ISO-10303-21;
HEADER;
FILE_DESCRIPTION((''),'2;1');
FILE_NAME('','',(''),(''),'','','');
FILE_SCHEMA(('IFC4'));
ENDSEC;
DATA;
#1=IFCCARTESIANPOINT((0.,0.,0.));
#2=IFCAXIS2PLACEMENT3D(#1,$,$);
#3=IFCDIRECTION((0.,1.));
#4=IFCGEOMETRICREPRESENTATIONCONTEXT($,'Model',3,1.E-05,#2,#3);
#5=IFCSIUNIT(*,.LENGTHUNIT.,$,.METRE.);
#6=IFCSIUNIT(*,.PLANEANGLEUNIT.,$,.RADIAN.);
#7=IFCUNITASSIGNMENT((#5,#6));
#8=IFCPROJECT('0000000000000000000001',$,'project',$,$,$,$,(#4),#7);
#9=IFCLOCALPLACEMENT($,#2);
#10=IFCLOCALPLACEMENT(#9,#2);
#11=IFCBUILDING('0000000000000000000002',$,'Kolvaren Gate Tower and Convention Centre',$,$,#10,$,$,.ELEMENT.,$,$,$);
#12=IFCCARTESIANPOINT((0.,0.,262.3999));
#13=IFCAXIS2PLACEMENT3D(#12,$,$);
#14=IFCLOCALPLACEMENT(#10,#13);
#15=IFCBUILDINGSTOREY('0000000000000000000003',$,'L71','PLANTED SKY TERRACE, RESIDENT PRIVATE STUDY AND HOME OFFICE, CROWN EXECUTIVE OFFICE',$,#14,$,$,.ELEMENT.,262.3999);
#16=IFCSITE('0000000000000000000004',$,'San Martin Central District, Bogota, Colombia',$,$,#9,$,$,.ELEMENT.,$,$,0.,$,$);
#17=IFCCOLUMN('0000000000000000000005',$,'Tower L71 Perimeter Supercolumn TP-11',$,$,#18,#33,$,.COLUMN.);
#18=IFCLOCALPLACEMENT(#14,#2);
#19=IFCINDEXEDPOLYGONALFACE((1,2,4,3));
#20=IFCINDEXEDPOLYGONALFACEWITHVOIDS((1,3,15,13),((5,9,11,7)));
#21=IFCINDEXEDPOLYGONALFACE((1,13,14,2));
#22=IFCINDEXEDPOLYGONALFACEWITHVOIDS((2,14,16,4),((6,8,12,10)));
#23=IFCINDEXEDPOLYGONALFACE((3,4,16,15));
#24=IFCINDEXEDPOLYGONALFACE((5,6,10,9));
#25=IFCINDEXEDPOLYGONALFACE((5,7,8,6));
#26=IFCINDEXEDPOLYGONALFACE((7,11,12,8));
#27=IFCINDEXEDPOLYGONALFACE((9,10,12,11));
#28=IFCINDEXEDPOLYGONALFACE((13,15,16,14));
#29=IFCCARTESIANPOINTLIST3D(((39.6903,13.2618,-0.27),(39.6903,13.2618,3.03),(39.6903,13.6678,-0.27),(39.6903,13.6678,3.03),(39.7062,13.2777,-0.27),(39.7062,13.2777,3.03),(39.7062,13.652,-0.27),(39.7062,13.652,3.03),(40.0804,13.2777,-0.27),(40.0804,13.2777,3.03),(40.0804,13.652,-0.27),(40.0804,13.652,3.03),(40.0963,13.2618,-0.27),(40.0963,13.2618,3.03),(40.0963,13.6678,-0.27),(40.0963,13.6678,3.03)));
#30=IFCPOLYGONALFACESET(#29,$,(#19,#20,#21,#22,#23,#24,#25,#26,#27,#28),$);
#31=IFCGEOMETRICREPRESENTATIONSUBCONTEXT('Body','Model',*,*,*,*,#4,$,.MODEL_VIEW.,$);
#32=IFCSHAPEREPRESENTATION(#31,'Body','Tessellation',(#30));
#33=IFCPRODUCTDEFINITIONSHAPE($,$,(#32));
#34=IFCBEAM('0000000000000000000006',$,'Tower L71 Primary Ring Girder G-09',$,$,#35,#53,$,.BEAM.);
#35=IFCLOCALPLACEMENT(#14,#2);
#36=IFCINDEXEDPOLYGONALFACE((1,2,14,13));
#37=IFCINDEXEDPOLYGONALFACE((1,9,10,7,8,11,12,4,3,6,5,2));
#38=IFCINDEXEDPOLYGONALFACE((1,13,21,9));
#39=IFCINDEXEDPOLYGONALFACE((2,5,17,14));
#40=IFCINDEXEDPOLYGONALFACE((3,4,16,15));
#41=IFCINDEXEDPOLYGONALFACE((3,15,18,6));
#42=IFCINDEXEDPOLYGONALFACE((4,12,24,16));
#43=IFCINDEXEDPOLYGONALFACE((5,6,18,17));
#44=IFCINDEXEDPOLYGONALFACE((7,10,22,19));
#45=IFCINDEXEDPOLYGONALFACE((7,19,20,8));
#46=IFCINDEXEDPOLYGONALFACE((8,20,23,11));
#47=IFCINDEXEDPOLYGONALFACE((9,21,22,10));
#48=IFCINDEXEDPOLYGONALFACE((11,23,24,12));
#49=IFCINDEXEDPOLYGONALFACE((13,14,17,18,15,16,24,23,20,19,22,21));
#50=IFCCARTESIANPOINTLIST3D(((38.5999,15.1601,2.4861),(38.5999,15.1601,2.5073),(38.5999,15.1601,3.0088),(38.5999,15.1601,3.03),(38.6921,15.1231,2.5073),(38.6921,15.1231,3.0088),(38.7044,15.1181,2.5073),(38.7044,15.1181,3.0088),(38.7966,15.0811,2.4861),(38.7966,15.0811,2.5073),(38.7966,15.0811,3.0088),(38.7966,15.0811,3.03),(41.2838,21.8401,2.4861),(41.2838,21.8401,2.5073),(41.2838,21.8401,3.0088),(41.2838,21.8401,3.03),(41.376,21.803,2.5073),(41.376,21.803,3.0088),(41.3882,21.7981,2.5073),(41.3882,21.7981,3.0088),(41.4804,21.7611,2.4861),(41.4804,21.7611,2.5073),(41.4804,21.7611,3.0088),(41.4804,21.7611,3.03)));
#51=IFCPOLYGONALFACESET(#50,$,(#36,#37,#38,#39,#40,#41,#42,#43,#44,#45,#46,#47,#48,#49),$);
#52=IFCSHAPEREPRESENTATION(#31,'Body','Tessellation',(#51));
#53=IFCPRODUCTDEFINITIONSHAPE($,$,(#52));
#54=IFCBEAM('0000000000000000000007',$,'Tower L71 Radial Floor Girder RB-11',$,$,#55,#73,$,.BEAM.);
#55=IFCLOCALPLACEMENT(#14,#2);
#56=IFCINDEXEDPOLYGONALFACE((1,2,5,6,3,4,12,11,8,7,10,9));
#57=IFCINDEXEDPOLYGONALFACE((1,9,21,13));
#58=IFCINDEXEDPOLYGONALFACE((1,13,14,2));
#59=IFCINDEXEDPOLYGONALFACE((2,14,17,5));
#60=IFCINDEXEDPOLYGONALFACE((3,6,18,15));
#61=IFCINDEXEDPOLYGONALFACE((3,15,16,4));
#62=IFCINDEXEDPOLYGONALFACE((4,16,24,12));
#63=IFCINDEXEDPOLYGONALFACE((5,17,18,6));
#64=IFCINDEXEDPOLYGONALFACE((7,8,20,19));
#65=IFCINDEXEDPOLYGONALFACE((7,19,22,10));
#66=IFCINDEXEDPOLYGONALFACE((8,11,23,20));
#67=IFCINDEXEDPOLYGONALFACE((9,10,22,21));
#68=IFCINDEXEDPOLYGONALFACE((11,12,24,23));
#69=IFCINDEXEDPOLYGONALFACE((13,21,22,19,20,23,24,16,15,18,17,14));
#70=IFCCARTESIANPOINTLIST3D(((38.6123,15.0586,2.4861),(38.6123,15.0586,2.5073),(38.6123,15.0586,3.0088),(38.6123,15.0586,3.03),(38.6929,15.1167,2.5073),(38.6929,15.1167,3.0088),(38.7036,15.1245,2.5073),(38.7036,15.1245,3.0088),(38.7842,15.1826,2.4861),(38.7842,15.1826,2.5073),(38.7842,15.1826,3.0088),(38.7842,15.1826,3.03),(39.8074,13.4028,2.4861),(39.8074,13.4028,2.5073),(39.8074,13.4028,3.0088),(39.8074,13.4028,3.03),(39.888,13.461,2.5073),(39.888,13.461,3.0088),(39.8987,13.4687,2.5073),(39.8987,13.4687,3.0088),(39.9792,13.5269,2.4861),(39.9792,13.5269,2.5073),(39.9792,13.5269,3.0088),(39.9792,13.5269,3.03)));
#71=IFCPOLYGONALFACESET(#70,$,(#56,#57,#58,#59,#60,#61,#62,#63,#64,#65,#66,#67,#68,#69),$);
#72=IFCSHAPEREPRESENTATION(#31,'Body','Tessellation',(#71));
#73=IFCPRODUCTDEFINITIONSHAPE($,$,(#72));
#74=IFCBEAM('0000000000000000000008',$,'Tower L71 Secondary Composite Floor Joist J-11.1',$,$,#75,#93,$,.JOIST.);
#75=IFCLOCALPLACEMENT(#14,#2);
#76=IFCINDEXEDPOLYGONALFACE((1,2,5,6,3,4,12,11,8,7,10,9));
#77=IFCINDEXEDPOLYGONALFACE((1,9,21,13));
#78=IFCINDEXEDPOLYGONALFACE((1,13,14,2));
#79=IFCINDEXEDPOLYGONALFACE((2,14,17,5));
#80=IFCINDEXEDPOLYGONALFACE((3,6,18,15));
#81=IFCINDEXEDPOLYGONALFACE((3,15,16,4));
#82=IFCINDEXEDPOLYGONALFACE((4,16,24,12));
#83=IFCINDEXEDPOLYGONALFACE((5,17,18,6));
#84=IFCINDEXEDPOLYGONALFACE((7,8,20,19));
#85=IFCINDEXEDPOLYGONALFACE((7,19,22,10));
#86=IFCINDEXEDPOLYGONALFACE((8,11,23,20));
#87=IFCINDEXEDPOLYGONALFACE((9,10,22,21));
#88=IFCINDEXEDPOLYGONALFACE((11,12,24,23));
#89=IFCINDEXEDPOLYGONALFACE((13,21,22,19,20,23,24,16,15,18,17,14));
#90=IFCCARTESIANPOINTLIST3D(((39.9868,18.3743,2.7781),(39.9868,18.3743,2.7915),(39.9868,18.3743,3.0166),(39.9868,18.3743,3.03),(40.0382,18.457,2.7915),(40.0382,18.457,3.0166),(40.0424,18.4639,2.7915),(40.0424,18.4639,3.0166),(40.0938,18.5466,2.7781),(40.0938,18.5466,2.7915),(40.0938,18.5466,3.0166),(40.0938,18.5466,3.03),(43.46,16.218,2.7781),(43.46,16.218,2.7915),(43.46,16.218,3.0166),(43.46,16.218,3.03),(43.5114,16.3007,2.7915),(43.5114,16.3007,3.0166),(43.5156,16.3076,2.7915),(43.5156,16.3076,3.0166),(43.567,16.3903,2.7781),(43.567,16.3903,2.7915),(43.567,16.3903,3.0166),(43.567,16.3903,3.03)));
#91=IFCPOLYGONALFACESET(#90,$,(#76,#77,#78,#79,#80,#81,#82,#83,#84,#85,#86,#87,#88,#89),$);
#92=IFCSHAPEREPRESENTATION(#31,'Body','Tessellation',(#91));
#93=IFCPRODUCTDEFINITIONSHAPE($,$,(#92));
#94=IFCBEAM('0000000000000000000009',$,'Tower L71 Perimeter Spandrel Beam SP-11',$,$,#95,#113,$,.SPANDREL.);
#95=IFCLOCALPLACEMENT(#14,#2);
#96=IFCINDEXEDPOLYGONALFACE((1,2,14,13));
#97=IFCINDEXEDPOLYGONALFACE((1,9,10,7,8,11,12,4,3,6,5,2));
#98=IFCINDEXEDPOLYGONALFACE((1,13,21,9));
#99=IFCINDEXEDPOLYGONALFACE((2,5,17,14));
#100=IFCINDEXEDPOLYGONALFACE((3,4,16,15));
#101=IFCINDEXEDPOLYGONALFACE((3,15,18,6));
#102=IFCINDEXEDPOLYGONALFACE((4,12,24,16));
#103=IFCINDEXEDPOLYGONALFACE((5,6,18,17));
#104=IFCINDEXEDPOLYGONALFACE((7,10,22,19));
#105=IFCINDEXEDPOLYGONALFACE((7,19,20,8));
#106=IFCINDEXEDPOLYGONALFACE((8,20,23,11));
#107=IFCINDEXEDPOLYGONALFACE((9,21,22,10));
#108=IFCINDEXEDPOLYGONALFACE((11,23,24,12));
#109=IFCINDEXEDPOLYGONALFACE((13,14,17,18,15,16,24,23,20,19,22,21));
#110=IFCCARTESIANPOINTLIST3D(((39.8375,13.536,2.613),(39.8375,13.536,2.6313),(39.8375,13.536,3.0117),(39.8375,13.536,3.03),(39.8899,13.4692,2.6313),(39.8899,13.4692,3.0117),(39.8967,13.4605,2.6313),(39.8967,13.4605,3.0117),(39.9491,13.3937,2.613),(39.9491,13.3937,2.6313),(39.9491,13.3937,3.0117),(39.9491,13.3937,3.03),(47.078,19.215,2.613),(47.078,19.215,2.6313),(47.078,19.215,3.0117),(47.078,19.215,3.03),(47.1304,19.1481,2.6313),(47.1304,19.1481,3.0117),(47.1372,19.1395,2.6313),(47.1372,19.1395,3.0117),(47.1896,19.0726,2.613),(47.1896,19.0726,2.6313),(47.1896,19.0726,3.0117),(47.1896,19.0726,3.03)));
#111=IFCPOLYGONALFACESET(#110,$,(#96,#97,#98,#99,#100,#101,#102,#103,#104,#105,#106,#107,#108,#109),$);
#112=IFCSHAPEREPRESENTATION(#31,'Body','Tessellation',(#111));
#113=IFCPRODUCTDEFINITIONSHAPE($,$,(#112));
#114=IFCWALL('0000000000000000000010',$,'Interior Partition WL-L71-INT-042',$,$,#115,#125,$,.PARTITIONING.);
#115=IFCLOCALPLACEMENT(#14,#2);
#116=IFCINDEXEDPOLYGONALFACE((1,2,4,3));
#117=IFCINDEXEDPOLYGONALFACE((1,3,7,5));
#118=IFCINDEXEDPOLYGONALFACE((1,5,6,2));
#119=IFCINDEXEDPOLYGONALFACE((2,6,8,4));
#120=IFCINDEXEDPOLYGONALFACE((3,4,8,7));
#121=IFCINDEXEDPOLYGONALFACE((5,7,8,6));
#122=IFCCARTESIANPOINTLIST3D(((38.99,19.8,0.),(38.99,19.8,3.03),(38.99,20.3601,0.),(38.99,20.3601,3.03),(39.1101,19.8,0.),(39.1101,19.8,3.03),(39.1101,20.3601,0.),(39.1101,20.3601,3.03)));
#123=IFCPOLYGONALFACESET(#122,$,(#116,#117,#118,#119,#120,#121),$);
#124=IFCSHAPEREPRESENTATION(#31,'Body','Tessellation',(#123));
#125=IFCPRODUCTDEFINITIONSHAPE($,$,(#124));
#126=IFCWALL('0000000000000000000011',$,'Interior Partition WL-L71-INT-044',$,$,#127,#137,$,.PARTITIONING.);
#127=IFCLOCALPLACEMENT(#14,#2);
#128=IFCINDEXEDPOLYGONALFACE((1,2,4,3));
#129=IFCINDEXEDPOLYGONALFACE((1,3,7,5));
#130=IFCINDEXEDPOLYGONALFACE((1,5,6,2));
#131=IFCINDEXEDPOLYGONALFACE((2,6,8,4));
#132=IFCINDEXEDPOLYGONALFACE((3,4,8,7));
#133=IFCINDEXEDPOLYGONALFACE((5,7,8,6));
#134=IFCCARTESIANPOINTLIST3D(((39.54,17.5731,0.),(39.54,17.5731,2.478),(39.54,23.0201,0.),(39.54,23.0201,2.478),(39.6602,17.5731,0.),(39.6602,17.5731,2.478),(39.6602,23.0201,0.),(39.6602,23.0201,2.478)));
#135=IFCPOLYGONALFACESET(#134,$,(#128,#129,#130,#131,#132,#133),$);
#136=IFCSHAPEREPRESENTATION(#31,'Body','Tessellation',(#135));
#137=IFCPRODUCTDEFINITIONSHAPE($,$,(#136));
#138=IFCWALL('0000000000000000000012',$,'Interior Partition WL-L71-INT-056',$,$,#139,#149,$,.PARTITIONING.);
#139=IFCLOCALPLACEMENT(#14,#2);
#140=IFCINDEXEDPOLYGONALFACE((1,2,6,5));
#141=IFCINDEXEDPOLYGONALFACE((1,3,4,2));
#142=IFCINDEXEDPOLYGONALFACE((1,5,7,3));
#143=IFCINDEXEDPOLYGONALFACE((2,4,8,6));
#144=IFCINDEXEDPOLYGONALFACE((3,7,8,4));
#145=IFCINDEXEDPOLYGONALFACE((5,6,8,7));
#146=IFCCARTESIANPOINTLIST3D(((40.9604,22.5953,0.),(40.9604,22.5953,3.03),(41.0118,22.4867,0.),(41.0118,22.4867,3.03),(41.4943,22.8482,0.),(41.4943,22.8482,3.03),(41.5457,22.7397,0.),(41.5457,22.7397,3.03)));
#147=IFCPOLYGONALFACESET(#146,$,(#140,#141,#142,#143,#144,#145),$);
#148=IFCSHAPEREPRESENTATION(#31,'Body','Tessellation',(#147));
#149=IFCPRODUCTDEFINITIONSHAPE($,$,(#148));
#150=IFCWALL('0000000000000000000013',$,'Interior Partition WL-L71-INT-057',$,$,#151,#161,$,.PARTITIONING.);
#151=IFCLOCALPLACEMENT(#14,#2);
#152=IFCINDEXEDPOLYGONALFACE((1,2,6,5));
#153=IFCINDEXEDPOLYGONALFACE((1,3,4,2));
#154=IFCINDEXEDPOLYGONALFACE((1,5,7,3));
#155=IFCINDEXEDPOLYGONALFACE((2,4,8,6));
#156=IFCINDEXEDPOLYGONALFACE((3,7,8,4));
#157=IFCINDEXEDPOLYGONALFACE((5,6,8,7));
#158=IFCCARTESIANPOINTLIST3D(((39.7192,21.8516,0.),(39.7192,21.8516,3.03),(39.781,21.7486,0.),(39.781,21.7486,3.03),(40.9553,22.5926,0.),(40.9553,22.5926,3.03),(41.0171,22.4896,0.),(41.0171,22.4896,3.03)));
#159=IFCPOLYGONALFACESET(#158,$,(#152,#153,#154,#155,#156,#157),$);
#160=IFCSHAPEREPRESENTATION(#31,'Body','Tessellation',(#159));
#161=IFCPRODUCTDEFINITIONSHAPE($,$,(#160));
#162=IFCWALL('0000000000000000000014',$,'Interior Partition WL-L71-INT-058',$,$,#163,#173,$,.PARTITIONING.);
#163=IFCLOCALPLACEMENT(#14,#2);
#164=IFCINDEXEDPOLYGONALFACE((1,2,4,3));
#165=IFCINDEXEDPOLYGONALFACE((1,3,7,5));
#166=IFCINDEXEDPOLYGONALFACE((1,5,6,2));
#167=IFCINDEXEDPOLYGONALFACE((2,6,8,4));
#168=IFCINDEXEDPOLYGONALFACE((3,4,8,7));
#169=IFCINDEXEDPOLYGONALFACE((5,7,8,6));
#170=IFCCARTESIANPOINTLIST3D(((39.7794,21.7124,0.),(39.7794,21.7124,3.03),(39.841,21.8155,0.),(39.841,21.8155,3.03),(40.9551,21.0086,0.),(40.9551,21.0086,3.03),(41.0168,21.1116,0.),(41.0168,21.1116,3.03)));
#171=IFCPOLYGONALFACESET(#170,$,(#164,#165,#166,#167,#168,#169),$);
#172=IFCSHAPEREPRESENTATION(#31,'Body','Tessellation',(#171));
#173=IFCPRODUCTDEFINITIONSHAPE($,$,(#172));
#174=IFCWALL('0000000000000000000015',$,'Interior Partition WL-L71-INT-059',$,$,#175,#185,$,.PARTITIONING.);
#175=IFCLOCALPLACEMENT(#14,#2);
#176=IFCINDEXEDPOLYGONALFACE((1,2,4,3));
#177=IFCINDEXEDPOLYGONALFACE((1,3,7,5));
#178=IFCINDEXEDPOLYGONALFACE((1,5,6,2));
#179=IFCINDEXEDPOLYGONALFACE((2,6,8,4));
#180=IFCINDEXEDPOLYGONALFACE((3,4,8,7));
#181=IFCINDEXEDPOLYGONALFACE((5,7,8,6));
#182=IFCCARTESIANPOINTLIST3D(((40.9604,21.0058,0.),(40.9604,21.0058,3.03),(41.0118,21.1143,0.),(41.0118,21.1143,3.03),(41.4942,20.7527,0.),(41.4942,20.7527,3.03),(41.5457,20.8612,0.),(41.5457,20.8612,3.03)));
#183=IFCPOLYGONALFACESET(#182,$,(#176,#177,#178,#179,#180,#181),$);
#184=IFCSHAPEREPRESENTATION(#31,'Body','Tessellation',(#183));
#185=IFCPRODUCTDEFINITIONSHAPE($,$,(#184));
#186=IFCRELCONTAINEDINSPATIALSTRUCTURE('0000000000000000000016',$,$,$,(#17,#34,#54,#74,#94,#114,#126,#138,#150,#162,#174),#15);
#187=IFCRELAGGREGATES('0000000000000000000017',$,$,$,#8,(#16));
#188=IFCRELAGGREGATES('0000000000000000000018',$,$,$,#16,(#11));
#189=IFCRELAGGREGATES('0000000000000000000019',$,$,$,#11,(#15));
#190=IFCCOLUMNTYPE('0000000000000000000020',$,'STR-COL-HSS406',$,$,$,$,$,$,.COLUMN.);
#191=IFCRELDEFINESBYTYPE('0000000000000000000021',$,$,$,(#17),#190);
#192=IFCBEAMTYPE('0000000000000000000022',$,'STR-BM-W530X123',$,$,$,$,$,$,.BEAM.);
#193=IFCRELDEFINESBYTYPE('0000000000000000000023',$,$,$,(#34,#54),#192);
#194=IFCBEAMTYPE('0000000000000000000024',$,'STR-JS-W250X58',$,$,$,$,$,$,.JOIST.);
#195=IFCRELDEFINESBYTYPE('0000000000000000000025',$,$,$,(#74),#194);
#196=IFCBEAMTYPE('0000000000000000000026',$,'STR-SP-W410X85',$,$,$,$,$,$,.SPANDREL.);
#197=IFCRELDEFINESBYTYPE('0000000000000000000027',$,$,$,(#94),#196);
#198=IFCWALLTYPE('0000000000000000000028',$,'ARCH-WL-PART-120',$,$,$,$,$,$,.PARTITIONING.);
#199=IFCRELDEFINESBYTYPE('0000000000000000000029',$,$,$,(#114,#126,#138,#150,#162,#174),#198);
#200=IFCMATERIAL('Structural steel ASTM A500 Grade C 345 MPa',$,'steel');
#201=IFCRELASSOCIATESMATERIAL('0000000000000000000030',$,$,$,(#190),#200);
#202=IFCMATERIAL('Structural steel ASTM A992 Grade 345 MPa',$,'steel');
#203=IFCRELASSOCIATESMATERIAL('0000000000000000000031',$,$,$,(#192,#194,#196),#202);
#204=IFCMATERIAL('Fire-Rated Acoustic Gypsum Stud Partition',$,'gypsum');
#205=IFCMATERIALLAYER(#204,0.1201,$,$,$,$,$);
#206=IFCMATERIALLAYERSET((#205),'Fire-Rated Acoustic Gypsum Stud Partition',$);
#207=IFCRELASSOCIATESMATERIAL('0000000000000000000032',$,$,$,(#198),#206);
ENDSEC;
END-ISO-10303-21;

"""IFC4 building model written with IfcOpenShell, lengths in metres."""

from ifc_helpers import new_model, si_unit, direction, frame, frame_2d, origin, origin_2d, place, context, subcontext, project, spatial, rectangle, hollow_rectangle, i_section, extrude, material, layer, layer_set, material_profile, profile_set, type_object, element, save


model = new_model("IFC4")

# Units and contexts
model_context = context("Model", 3, precision=1e-05, world=origin(), true_north=direction((0.0, 1.0)))
body_context = subcontext(model_context, "Body", "Model", "MODEL_VIEW")
ifc_project = project(units=[si_unit("LENGTHUNIT", "METRE"), si_unit("PLANEANGLEUNIT", "RADIAN")], contexts=[model_context])

# Site, building, storey
site_placement = place(None, origin())
site = spatial("IfcSite", under=ifc_project, at=site_placement, Name="San Martin Central District, Bogota, Colombia", CompositionType="ELEMENT", RefElevation=0.0)
building_placement = place(site_placement, origin())
building = spatial("IfcBuilding", under=site, at=building_placement, Name="Kolvaren Gate Tower and Convention Centre", CompositionType="ELEMENT")
storey_placement = place(building_placement, frame((0.0, 0.0, 262.3999)))
storey = spatial("IfcBuildingStorey", under=building, at=storey_placement, Name="L71", Description="PLANTED SKY TERRACE, RESIDENT PRIVATE STUDY AND HOME OFFICE, CROWN EXECUTIVE OFFICE", CompositionType="ELEMENT", Elevation=262.3999)

# Column
ifc_material_1 = material(Name="Structural steel ASTM A500 Grade C 345 MPa", Category="steel")
ifc_material_profile_1 = material_profile(ifc_material_1, hollow_rectangle(XDim=0.406, YDim=0.406, WallThickness=0.0159, at=origin_2d()), Name="HSS406X406X15.9")
ifc_profile_set_1 = profile_set([ifc_material_profile_1], Name="Structural steel ASTM A500 Grade C 345 MPa")
column_type = type_object("IfcColumnType", Name="STR-COL-HSS406", PredefinedType="COLUMN", material=ifc_profile_set_1)
column_placement = place(storey_placement, frame((39.8933, 13.4648, -0.27), z_axis=(0.0, 0.0, 1.0), x_axis=(1.0, 0.0, 0.0)))
element("IfcColumn", 1, at=column_placement, inside=storey, type_object=column_type, Name="Tower L71 Perimeter Supercolumn TP-11", PredefinedType="COLUMN", context=body_context, shape_type="SweptSolid", body=[
    extrude(hollow_rectangle(XDim=0.406, YDim=0.406, WallThickness=0.0159, at=origin_2d()), origin(), (0.0, 0.0, 1.0), 3.3),
])

# Beams
ifc_material_2 = material(Name="Structural steel ASTM A992 Grade 345 MPa", Category="steel")
ifc_material_profile_2 = material_profile(ifc_material_2, i_section(OverallWidth=0.2119, OverallDepth=0.5439, WebThickness=0.0132, FlangeThickness=0.0212, at=origin_2d()), Name="W530X123")
ifc_profile_set_2 = profile_set([ifc_material_profile_2], Name="Structural steel ASTM A992 Grade 345 MPa")
beam_type_1 = type_object("IfcBeamType", Name="STR-BM-W530X123", PredefinedType="BEAM", material=ifc_profile_set_2)
beam_1_placement = place(storey_placement, frame((38.6982, 15.1206, 2.7581), z_axis=(0.372811, 0.927907, 0.0), x_axis=(-0.927907, 0.372811, 0.0)))
element("IfcBeam", 2, at=beam_1_placement, inside=storey, type_object=beam_type_1, Name="Tower L71 Primary Ring Girder G-09", PredefinedType="BEAM", context=body_context, shape_type="SweptSolid", body=[
    extrude(i_section(OverallWidth=0.2119, OverallDepth=0.5439, WebThickness=0.0132, FlangeThickness=0.0212, at=origin_2d()), origin(), (0.0, 0.0, 1.0), 7.199),
])
beam_2_placement = place(storey_placement, frame((38.6982, 15.1206, 2.7581), z_axis=(0.585246, -0.810856, 0.0), x_axis=(0.810856, 0.585246, 0.0)))
element("IfcBeam", 3, at=beam_2_placement, inside=storey, type_object=beam_type_1, Name="Tower L71 Radial Floor Girder RB-11", PredefinedType="BEAM", context=body_context, shape_type="SweptSolid", body=[
    extrude(i_section(OverallWidth=0.2119, OverallDepth=0.5439, WebThickness=0.0132, FlangeThickness=0.0212, at=origin_2d()), origin(), (0.0, 0.0, 1.0), 2.042),
])
ifc_material_profile_3 = material_profile(ifc_material_2, i_section(OverallWidth=0.2029, OverallDepth=0.252, WebThickness=0.0081, FlangeThickness=0.0134, at=origin_2d()), Name="W250X58")
ifc_profile_set_3 = profile_set([ifc_material_profile_3], Name="Structural steel ASTM A992 Grade 345 MPa")
beam_type_2 = type_object("IfcBeamType", Name="STR-JS-W250X58", PredefinedType="JOIST", material=ifc_profile_set_3)
beam_3_placement = place(storey_placement, frame((40.0403, 18.4604, 2.9041), z_axis=(0.849585, -0.527452, 0.0), x_axis=(0.527452, 0.849585, 0.0)))
element("IfcBeam", 4, at=beam_3_placement, inside=storey, type_object=beam_type_2, Name="Tower L71 Secondary Composite Floor Joist J-11.1", PredefinedType="JOIST", context=body_context, shape_type="SweptSolid", body=[
    extrude(i_section(OverallWidth=0.2029, OverallDepth=0.252, WebThickness=0.0081, FlangeThickness=0.0134, at=origin_2d()), origin(), (0.0, 0.0, 1.0), 4.0881),
])
ifc_material_profile_4 = material_profile(ifc_material_2, i_section(OverallWidth=0.1809, OverallDepth=0.417, WebThickness=0.011, FlangeThickness=0.0183, at=origin_2d()), Name="W410X85")
ifc_profile_set_4 = profile_set([ifc_material_profile_4], Name="Structural steel ASTM A992 Grade 345 MPa")
beam_type_3 = type_object("IfcBeamType", Name="STR-SP-W410X85", PredefinedType="SPANDREL", material=ifc_profile_set_4)
beam_4_placement = place(storey_placement, frame((39.8933, 13.4648, 2.8215), z_axis=(0.786846, 0.61715, 0.0), x_axis=(-0.61715, 0.786846, 0.0)))
element("IfcBeam", 5, at=beam_4_placement, inside=storey, type_object=beam_type_3, Name="Tower L71 Perimeter Spandrel Beam SP-11", PredefinedType="SPANDREL", context=body_context, shape_type="SweptSolid", body=[
    extrude(i_section(OverallWidth=0.1809, OverallDepth=0.417, WebThickness=0.011, FlangeThickness=0.0183, at=origin_2d()), origin(), (0.0, 0.0, 1.0), 9.2019),
])

# Walls
ifc_material_3 = material(Name="Fire-Rated Acoustic Gypsum Stud Partition", Category="gypsum")
ifc_layer_1 = layer(ifc_material_3, 0.1201)
ifc_layer_set_1 = layer_set([ifc_layer_1], Name="Fire-Rated Acoustic Gypsum Stud Partition")
wall_type_1 = type_object("IfcWallType", Name="ARCH-WL-PART-120", PredefinedType="PARTITIONING", material=ifc_layer_set_1)
wall_1_placement = place(storey_placement, frame((39.05, 19.8, 0.0), z_axis=(0.0, 0.0, 1.0), x_axis=(0.0, 1.0, 0.0)))
element("IfcWall", 6, at=wall_1_placement, inside=storey, type_object=wall_type_1, Name="Interior Partition WL-L71-INT-042", PredefinedType="PARTITIONING", context=body_context, shape_type="SweptSolid", body=[
    extrude(rectangle(XDim=0.5601, YDim=0.1201, at=frame_2d((0.28, 0.0))), origin(), (0.0, 0.0, 1.0), 3.03),
])
wall_2_placement = place(storey_placement, frame((39.6001, 17.573, 0.0), z_axis=(0.0, 0.0, 1.0), x_axis=(0.0, 1.0, 0.0)))
element("IfcWall", 7, at=wall_2_placement, inside=storey, type_object=wall_type_1, Name="Interior Partition WL-L71-INT-044", PredefinedType="PARTITIONING", context=body_context, shape_type="SweptSolid", body=[
    extrude(rectangle(XDim=5.447, YDim=0.1201, at=frame_2d((2.7236, 0.0))), origin(), (0.0, 0.0, 1.0), 2.478),
])
wall_3_placement = place(storey_placement, frame((40.9861, 22.541, 0.0), z_axis=(0.0, 0.0, 1.0), x_axis=(0.903729, 0.428104, 0.0)))
element("IfcWall", 8, at=wall_3_placement, inside=storey, type_object=wall_type_1, Name="Interior Partition WL-L71-INT-056", PredefinedType="PARTITIONING", context=body_context, shape_type="SweptSolid", body=[
    extrude(rectangle(XDim=0.5908, YDim=0.1201, at=frame_2d((0.2954, 0.0))), origin(), (0.0, 0.0, 1.0), 3.03),
])
wall_4_placement = place(storey_placement, frame((39.75, 21.8, 0.0), z_axis=(0.0, 0.0, 1.0), x_axis=(0.857702, 0.514147, 0.0)))
element("IfcWall", 9, at=wall_4_placement, inside=storey, type_object=wall_type_1, Name="Interior Partition WL-L71-INT-057", PredefinedType="PARTITIONING", context=body_context, shape_type="SweptSolid", body=[
    extrude(rectangle(XDim=1.4412, YDim=0.1201, at=frame_2d((0.7207, 0.0))), origin(), (0.0, 0.0, 1.0), 3.03),
])
wall_5_placement = place(storey_placement, frame((39.8103, 21.7639, 0.0), z_axis=(0.0, 0.0, 1.0), x_axis=(0.858011, -0.513631, 0.0)))
element("IfcWall", 10, at=wall_5_placement, inside=storey, type_object=wall_type_1, Name="Interior Partition WL-L71-INT-058", PredefinedType="PARTITIONING", context=body_context, shape_type="SweptSolid", body=[
    extrude(rectangle(XDim=1.3704, YDim=0.1201, at=frame_2d((0.6851, 0.0))), origin(), (0.0, 0.0, 1.0), 3.03),
])
wall_6_placement = place(storey_placement, frame((40.9861, 21.0601, 0.0), z_axis=(0.0, 0.0, 1.0), x_axis=(0.90357, -0.428442, 0.0)))
element("IfcWall", 11, at=wall_6_placement, inside=storey, type_object=wall_type_1, Name="Interior Partition WL-L71-INT-059", PredefinedType="PARTITIONING", context=body_context, shape_type="SweptSolid", body=[
    extrude(rectangle(XDim=0.5908, YDim=0.1201, at=frame_2d((0.2954, 0.0))), origin(), (0.0, 0.0, 1.0), 3.03),
])

save(model, "model.ifc")
